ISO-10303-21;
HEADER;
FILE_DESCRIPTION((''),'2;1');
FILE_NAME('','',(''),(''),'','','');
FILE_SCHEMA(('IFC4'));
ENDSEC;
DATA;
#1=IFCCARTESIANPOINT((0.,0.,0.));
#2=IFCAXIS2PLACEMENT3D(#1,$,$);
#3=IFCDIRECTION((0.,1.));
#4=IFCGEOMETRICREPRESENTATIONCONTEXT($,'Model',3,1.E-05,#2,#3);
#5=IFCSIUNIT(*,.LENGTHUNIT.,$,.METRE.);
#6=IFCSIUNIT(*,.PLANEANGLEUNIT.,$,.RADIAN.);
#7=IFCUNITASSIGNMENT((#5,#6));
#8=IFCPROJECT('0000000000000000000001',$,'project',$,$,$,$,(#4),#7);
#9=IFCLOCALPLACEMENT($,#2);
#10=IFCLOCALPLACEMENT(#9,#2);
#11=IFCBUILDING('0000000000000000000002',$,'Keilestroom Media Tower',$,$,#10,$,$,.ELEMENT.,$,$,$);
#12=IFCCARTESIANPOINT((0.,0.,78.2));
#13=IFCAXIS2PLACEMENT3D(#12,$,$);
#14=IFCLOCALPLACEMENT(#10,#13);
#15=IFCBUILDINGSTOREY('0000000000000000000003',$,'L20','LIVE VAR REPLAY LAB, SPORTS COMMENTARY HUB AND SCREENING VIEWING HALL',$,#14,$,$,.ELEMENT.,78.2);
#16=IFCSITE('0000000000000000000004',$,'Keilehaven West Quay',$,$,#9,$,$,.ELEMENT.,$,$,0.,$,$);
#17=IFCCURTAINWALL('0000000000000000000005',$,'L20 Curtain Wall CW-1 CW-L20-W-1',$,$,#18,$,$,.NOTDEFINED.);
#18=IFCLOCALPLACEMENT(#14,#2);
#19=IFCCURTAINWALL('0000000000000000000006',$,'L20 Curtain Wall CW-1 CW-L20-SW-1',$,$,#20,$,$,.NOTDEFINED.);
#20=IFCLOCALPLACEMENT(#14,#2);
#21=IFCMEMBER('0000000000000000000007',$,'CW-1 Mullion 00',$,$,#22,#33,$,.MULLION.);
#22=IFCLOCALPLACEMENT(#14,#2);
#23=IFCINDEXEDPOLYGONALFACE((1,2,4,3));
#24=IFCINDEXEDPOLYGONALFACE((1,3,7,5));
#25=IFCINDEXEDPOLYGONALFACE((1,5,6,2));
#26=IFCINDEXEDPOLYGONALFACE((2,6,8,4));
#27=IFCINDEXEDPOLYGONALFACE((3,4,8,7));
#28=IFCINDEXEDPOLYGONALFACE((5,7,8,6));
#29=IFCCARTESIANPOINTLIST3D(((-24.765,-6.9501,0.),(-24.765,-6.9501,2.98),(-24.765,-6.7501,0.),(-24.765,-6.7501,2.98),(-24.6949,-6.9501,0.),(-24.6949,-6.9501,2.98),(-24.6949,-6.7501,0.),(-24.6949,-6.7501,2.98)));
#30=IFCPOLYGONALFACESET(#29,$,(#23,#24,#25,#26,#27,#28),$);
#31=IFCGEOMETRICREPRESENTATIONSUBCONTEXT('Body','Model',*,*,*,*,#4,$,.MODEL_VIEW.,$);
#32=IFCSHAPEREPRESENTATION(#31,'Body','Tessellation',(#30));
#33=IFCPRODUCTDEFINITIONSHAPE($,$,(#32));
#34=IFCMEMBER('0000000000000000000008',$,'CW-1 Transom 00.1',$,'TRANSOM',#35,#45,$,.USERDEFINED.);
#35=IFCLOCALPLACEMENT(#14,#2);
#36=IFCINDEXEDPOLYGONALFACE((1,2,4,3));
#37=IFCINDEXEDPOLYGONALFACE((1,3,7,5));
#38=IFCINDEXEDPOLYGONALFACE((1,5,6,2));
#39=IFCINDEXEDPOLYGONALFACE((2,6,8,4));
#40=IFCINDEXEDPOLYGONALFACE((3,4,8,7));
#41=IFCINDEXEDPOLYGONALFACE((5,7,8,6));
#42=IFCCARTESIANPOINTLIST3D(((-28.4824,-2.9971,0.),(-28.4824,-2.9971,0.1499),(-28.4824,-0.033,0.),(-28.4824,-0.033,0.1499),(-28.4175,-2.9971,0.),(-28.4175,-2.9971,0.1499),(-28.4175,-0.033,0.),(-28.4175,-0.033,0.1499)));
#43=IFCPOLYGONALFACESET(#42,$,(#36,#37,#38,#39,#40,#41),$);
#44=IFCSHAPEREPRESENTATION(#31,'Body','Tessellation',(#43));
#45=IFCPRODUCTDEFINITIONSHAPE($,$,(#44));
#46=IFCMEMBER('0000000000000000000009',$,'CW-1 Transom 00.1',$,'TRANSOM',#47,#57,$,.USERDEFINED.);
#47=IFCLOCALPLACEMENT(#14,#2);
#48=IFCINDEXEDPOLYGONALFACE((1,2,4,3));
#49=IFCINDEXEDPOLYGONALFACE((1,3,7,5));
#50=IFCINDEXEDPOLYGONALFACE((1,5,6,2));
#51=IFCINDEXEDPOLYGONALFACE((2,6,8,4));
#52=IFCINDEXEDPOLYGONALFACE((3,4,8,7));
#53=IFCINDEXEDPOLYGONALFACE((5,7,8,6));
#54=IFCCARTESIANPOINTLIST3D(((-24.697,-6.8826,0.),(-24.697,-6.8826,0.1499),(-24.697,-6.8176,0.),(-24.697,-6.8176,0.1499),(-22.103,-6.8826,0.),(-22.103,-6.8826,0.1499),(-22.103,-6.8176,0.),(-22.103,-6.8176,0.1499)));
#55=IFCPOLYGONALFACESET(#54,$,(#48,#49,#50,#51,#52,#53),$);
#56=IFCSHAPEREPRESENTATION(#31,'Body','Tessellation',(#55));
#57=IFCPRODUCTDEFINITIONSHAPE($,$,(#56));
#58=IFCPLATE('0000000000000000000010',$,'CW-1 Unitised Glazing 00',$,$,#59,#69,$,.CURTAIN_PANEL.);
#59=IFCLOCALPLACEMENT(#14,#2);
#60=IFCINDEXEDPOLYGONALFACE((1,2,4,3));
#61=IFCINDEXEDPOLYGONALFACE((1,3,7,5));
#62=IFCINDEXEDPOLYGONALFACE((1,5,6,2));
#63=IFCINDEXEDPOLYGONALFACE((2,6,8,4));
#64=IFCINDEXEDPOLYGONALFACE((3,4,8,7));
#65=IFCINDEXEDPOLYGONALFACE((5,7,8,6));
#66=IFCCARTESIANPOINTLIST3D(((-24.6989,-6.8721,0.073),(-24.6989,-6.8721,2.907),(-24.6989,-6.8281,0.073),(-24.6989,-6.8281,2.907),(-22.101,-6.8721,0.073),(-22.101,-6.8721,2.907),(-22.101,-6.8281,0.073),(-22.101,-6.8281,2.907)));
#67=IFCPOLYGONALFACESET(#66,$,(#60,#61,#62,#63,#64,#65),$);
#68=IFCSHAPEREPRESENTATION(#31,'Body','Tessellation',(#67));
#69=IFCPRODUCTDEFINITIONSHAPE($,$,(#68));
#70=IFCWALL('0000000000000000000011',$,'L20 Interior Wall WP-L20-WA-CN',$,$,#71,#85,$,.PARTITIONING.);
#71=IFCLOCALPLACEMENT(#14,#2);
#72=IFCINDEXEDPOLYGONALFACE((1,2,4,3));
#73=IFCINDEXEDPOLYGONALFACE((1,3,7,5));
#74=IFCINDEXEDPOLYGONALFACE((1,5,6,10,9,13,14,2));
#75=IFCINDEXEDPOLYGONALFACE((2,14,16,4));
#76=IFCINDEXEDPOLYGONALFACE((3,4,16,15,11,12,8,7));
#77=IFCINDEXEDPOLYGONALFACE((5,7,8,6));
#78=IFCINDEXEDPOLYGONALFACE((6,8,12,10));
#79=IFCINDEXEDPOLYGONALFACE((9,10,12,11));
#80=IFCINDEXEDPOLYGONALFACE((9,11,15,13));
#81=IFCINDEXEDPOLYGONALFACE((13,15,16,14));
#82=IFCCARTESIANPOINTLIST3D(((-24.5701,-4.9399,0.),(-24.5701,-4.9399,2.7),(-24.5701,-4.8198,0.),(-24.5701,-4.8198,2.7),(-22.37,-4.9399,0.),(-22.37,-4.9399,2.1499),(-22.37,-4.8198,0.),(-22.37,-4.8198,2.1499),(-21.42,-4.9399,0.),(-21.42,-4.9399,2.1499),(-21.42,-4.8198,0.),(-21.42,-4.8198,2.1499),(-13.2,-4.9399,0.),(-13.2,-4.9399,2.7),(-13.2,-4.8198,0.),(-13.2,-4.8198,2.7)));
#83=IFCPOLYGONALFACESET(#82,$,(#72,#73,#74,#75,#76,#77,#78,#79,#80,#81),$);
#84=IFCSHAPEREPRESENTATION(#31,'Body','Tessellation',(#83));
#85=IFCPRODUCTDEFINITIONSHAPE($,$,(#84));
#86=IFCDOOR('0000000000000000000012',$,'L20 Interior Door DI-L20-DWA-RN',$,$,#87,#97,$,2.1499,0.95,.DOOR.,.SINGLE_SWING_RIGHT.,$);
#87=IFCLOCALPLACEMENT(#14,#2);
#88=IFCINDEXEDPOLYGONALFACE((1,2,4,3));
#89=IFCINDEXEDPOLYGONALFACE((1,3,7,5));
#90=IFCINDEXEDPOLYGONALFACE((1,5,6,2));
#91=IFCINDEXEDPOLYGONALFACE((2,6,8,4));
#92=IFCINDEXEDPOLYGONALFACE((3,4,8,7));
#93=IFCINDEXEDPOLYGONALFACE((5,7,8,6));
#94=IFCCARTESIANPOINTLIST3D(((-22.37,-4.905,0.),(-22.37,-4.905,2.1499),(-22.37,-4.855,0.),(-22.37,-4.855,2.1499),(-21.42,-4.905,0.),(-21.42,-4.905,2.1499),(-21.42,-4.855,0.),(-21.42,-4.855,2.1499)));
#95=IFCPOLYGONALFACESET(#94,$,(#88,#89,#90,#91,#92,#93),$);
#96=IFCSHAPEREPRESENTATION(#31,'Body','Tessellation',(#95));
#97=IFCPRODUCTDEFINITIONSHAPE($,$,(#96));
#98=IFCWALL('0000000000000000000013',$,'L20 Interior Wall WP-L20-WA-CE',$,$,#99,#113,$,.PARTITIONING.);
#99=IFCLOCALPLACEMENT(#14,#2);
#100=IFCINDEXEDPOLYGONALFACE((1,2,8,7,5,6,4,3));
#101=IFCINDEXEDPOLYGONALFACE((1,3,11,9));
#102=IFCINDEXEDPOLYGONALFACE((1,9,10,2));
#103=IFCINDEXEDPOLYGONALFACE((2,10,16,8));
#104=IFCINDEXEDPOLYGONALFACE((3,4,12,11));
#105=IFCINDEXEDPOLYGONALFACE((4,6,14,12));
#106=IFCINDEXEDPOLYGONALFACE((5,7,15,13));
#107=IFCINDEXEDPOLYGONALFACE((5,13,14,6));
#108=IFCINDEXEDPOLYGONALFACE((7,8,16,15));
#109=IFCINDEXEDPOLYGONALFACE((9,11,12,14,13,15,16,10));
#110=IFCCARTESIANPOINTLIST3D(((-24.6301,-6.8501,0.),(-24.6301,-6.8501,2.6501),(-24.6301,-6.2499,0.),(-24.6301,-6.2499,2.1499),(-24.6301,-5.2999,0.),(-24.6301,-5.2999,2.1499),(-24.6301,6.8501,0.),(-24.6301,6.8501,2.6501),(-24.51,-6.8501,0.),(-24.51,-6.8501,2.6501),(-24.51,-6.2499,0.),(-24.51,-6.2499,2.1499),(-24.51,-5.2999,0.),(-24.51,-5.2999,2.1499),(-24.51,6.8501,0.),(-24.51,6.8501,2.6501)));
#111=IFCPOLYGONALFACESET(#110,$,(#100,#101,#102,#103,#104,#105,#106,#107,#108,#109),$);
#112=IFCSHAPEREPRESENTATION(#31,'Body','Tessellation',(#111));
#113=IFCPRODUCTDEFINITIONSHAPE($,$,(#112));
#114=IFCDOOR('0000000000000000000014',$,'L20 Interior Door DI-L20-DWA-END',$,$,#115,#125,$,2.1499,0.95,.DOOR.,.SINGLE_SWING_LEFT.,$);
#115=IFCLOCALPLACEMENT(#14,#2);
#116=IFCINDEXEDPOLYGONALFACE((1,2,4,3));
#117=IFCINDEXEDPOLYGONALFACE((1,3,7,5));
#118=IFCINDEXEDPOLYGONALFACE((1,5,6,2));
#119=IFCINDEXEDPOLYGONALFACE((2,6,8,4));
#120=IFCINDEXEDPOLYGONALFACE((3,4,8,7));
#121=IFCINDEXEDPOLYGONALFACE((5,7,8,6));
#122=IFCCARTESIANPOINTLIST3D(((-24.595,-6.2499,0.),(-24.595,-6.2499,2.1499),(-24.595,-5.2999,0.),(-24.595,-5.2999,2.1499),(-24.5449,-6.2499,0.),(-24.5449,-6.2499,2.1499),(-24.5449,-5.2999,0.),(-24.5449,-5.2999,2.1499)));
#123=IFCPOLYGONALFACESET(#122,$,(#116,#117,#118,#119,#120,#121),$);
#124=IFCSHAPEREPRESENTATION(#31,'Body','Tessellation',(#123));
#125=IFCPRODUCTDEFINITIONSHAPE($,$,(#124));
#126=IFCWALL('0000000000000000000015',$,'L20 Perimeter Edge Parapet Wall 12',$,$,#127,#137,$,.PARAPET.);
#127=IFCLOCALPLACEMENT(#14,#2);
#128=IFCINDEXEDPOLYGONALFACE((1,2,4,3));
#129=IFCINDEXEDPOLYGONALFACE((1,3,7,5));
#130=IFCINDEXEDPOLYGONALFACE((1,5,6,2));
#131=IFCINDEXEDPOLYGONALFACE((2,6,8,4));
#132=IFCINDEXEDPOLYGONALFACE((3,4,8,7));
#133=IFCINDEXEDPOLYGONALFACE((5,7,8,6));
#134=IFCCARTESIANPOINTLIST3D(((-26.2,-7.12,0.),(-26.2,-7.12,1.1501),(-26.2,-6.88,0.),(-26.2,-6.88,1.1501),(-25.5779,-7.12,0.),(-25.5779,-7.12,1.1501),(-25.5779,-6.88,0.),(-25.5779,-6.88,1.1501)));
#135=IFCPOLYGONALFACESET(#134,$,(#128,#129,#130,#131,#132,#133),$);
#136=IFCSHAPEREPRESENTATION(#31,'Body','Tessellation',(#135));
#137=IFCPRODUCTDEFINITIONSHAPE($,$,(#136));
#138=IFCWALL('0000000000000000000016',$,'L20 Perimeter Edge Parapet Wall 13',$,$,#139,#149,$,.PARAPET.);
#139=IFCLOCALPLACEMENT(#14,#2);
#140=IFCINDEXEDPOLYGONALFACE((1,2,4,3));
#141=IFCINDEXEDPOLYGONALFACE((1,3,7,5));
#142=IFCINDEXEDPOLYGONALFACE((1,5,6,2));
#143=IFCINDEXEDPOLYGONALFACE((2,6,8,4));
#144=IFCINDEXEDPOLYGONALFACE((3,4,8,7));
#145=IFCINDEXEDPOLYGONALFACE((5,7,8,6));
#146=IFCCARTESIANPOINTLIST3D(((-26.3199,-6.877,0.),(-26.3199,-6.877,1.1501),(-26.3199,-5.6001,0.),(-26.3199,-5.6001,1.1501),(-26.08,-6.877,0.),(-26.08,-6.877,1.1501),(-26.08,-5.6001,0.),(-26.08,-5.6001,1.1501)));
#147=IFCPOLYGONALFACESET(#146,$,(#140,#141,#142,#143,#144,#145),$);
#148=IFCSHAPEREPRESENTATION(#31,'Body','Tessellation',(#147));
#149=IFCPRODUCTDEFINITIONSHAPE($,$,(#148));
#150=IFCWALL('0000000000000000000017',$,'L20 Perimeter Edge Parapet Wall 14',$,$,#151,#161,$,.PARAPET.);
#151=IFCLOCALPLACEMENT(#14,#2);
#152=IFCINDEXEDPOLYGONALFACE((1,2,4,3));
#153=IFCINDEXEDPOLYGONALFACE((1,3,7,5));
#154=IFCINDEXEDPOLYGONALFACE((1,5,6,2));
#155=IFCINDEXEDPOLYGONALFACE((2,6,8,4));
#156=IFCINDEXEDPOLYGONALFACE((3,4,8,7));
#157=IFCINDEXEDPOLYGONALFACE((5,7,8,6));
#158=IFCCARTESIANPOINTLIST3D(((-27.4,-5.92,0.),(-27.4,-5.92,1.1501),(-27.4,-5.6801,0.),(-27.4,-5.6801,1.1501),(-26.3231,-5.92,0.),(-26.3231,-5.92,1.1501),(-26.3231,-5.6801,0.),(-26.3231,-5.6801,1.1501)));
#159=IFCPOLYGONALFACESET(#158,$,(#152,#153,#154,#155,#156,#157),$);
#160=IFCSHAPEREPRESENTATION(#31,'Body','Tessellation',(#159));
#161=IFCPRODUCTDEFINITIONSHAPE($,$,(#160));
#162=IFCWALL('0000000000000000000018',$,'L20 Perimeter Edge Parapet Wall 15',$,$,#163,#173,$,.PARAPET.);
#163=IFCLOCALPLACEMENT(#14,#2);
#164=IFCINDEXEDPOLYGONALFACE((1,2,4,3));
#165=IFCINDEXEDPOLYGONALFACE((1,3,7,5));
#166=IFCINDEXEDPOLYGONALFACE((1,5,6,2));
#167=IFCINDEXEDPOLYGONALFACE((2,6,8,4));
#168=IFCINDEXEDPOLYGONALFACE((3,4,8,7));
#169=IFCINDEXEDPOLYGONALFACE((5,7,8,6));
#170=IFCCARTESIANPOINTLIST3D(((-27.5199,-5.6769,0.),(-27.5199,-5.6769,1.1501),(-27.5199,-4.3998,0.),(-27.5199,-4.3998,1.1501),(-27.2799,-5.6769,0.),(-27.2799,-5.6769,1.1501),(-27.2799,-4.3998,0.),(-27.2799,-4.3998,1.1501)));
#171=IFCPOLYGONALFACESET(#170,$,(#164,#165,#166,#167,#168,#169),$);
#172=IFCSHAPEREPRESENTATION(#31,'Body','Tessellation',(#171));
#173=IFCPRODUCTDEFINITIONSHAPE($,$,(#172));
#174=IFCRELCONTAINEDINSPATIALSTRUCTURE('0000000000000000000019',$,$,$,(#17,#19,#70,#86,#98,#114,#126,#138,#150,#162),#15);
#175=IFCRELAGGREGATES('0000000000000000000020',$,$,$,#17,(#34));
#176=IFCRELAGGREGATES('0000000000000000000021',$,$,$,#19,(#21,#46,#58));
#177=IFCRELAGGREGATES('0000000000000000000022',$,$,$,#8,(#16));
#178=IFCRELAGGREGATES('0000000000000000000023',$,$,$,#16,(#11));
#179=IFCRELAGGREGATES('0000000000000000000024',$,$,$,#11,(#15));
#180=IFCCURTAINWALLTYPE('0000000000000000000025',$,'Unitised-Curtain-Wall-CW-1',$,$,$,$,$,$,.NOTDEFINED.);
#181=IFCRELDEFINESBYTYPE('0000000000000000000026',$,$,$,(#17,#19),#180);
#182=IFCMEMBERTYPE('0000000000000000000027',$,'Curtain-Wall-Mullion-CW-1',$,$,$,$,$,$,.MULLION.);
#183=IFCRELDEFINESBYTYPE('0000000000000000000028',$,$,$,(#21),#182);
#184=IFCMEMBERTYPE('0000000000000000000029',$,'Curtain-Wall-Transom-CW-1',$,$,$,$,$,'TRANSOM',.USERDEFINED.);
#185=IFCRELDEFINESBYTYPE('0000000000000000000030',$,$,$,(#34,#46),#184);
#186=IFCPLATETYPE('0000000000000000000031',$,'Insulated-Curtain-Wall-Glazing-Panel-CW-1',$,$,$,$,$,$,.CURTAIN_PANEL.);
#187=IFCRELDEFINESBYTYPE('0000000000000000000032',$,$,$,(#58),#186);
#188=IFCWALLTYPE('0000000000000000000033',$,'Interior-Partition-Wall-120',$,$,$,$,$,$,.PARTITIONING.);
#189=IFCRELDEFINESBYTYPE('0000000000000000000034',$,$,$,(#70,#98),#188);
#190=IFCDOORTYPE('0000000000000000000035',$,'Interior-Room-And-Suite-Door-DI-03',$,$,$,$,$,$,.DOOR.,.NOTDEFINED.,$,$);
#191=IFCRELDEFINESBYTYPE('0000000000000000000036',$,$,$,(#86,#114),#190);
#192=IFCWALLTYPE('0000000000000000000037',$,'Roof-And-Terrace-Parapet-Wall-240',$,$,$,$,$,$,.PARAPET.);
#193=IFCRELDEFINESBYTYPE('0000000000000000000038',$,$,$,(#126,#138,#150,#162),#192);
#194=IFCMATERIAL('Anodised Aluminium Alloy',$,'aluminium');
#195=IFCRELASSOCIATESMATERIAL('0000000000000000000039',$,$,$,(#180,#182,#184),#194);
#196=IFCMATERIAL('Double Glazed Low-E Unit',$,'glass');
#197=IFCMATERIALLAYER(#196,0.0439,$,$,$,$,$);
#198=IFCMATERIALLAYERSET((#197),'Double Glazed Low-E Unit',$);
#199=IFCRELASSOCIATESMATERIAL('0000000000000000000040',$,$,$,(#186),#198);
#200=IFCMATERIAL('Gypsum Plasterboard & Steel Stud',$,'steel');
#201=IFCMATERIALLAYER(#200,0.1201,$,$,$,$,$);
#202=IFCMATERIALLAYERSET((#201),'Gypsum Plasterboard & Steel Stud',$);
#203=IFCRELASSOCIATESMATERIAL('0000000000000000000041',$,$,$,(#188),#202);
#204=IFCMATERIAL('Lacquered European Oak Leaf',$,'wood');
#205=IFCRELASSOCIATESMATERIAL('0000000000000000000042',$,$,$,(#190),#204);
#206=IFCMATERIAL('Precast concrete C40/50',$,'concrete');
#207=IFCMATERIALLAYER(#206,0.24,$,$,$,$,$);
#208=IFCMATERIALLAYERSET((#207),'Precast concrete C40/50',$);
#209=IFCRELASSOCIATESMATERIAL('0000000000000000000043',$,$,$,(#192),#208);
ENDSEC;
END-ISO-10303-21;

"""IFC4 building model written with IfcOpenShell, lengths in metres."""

from ifc_helpers import new_model, si_unit, direction, frame, frame_2d, origin, origin_2d, place, context, subcontext, project, spatial, rectangle, extrude, source, transform, mapped, material, layer, layer_set, material_profile, profile_set, type_object, element, fill, aggregate, save


model = new_model("IFC4")

# Units and contexts
model_context = context("Model", 3, precision=1e-05, world=origin(), true_north=direction((0.0, 1.0)))
body_context = subcontext(model_context, "Body", "Model", "MODEL_VIEW")
ifc_project = project(units=[si_unit("LENGTHUNIT", "METRE"), si_unit("PLANEANGLEUNIT", "RADIAN")], contexts=[model_context])

# Site, building, storey
site_placement = place(None, origin())
site = spatial("IfcSite", under=ifc_project, at=site_placement, Name="Keilehaven West Quay", CompositionType="ELEMENT", RefElevation=0.0)
building_placement = place(site_placement, origin())
building = spatial("IfcBuilding", under=site, at=building_placement, Name="Keilestroom Media Tower", CompositionType="ELEMENT")
storey_placement = place(building_placement, frame((0.0, 0.0, 78.2)))
storey = spatial("IfcBuildingStorey", under=building, at=storey_placement, Name="L20", Description="LIVE VAR REPLAY LAB, SPORTS COMMENTARY HUB AND SCREENING VIEWING HALL", CompositionType="ELEMENT", Elevation=78.2)

# Shared definitions
ifc_material_1 = material(Name="Precast concrete C40/50", Category="concrete")

# Curtain walls, member
ifc_material_2 = material(Name="Anodised Aluminium Alloy", Category="aluminium")
curtain_wall_type = type_object("IfcCurtainWallType", Name="Unitised-Curtain-Wall-CW-1", PredefinedType="NOTDEFINED", material=ifc_material_2)
curtain_wall_1_placement = place(storey_placement, origin())
curtain_wall_1 = element("IfcCurtainWall", 1, at=curtain_wall_1_placement, inside=storey, type_object=curtain_wall_type, Name="L20 Curtain Wall CW-1 CW-L20-W-1", PredefinedType="NOTDEFINED")
ifc_material_profile_1 = material_profile(ifc_material_2, rectangle(XDim=0.0701, YDim=0.2, at=origin_2d()), Name="ALU MULLION 70x200")
ifc_profile_set_1 = profile_set([ifc_material_profile_1], Name="Anodised Aluminium Alloy")
member_type_1 = type_object("IfcMemberType", Name="Curtain-Wall-Mullion-CW-1", PredefinedType="MULLION", material=ifc_profile_set_1)
shared_shape_1 = source(origin(), body_context, "Body", "SweptSolid", [
    extrude(rectangle(XDim=0.0701, YDim=0.2, at=origin_2d()), origin(), (0.0, 0.0, 1.0), 2.98),
])
curtain_wall_2_placement = place(storey_placement, origin())
curtain_wall_2 = element("IfcCurtainWall", 2, at=curtain_wall_2_placement, inside=storey, type_object=curtain_wall_type, Name="L20 Curtain Wall CW-1 CW-L20-SW-1", PredefinedType="NOTDEFINED")
member_1_placement = place(storey_placement, frame((-24.73, -6.8501, 0.0), z_axis=(0.0, 0.0, 1.0), x_axis=(1.0, 0.0, 0.0)))
member_1 = element("IfcMember", 3, at=member_1_placement, type_object=member_type_1, Name="CW-1 Mullion 00", PredefinedType="MULLION", context=body_context, shape_type="MappedRepresentation", body=[
    mapped(shared_shape_1, transform((0.0, 0.0, 0.0), x_axis=(1.0, 0.0, 0.0), y_axis=(0.0, 1.0, 0.0), z_axis=(0.0, 0.0, 1.0), scale=1.0)),
])

# Members
ifc_material_profile_2 = material_profile(ifc_material_2, rectangle(XDim=0.0649, YDim=0.1499, at=origin_2d()), Name="ALU TRANSOM 65x150")
ifc_profile_set_2 = profile_set([ifc_material_profile_2], Name="Anodised Aluminium Alloy")
member_type_2 = type_object("IfcMemberType", Name="Curtain-Wall-Transom-CW-1", ElementType="TRANSOM", PredefinedType="USERDEFINED", material=ifc_profile_set_2)
shared_shape_2 = source(origin(), body_context, "Body", "SweptSolid", [
    extrude(rectangle(XDim=0.0649, YDim=0.1499, at=origin_2d()), origin(), (0.0, 0.0, 1.0), 2.9641),
])
member_2_placement = place(storey_placement, frame((-28.45, -2.9971, 0.075), z_axis=(0.0, 1.0, 0.0), x_axis=(-1.0, 0.0, 0.0)))
member_2 = element("IfcMember", 4, at=member_2_placement, type_object=member_type_2, Name="CW-1 Transom 00.1", ObjectType="TRANSOM", PredefinedType="USERDEFINED", context=body_context, shape_type="MappedRepresentation", body=[
    mapped(shared_shape_2, transform((0.0, 0.0, 0.0), x_axis=(1.0, 0.0, 0.0), y_axis=(0.0, 1.0, 0.0), z_axis=(0.0, 0.0, 1.0), scale=1.0)),
])
aggregate(curtain_wall_1, [member_2])
shared_shape_3 = source(origin(), body_context, "Body", "SweptSolid", [
    extrude(rectangle(XDim=0.0649, YDim=0.1499, at=origin_2d()), origin(), (0.0, 0.0, 1.0), 2.594),
])
member_3_placement = place(storey_placement, frame((-24.697, -6.8501, 0.075), z_axis=(1.0, 0.0, 0.0), x_axis=(0.0, 1.0, 0.0)))
member_3 = element("IfcMember", 5, at=member_3_placement, type_object=member_type_2, Name="CW-1 Transom 00.1", ObjectType="TRANSOM", PredefinedType="USERDEFINED", context=body_context, shape_type="MappedRepresentation", body=[
    mapped(shared_shape_3, transform((0.0, 0.0, 0.0), x_axis=(1.0, 0.0, 0.0), y_axis=(0.0, 1.0, 0.0), z_axis=(0.0, 0.0, 1.0), scale=1.0)),
])

# Plate
ifc_material_3 = material(Name="Double Glazed Low-E Unit", Category="glass")
ifc_layer_1 = layer(ifc_material_3, 0.0439)
ifc_layer_set_1 = layer_set([ifc_layer_1], Name="Double Glazed Low-E Unit")
plate_type = type_object("IfcPlateType", Name="Insulated-Curtain-Wall-Glazing-Panel-CW-1", PredefinedType="CURTAIN_PANEL", material=ifc_layer_set_1)
shared_shape_4 = source(origin(), body_context, "Body", "SweptSolid", [
    extrude(rectangle(XDim=2.5979, YDim=0.0439, at=origin_2d()), origin(), (0.0, 0.0, 1.0), 2.834),
])
plate_placement = place(storey_placement, frame((-23.3999, -6.8501, 0.073), z_axis=(0.0, 0.0, 1.0), x_axis=(1.0, 0.0, 0.0)))
plate = element("IfcPlate", 6, at=plate_placement, type_object=plate_type, Name="CW-1 Unitised Glazing 00", PredefinedType="CURTAIN_PANEL", context=body_context, shape_type="MappedRepresentation", body=[
    mapped(shared_shape_4, transform((0.0, 0.0, 0.0), x_axis=(1.0, 0.0, 0.0), y_axis=(0.0, 1.0, 0.0), z_axis=(0.0, 0.0, 1.0), scale=1.0)),
])
aggregate(curtain_wall_2, [member_1, member_3, plate])

# Walls, openings, doors
ifc_material_4 = material(Name="Gypsum Plasterboard & Steel Stud", Category="steel")
ifc_layer_2 = layer(ifc_material_4, 0.1201)
ifc_layer_set_2 = layer_set([ifc_layer_2], Name="Gypsum Plasterboard & Steel Stud")
wall_type_1 = type_object("IfcWallType", Name="Interior-Partition-Wall-120", PredefinedType="PARTITIONING", material=ifc_layer_set_2)
wall_1_placement = place(storey_placement, frame((-24.5701, -4.8799, 0.0), z_axis=(0.0, 0.0, 1.0), x_axis=(1.0, 0.0, 0.0)))
wall_1 = element("IfcWall", 7, at=wall_1_placement, inside=storey, type_object=wall_type_1, Name="L20 Interior Wall WP-L20-WA-CN", PredefinedType="PARTITIONING", context=body_context, shape_type="SweptSolid", body=[
    extrude(rectangle(XDim=11.3701, YDim=0.1201, at=frame_2d((5.6851, 0.0))), origin(), (0.0, 0.0, 1.0), 2.7),
])
opening_1_placement = place(wall_1_placement, frame((2.2, 0.0, 0.0)))
opening_1 = element("IfcOpeningElement", 8, at=opening_1_placement, cuts=wall_1, PredefinedType="OPENING", context=body_context, shape_type="SweptSolid", body=[
    extrude(rectangle(XDim=0.95, YDim=2.1499, at=frame_2d((0.4751, 1.075))), frame((0.0, 0.0701, 0.0), z_axis=(0.0, -1.0, 0.0), x_axis=(1.0, 0.0, 0.0)), (0.0, 0.0, 1.0), 0.1401),
])
ifc_material_5 = material(Name="Lacquered European Oak Leaf", Category="wood")
door_type = type_object("IfcDoorType", Name="Interior-Room-And-Suite-Door-DI-03", OperationType="NOTDEFINED", PredefinedType="DOOR", material=ifc_material_5)
shared_shape_5 = source(origin(), body_context, "Body", "SweptSolid", [
    extrude(rectangle(XDim=0.95, YDim=2.1499, at=frame_2d((0.4751, 1.075))), frame((0.0, 0.0249, 0.0), z_axis=(0.0, -1.0, 0.0), x_axis=(1.0, 0.0, 0.0)), (0.0, 0.0, 1.0), 0.05),
])
door_1_placement = place(opening_1_placement, origin())
door_1 = element("IfcDoor", 9, at=door_1_placement, inside=storey, type_object=door_type, Name="L20 Interior Door DI-L20-DWA-RN", OperationType="SINGLE_SWING_RIGHT", OverallHeight=2.1499, OverallWidth=0.95, PredefinedType="DOOR", context=body_context, shape_type="MappedRepresentation", body=[
    mapped(shared_shape_5, transform((0.0, 0.0, 0.0), x_axis=(1.0, 0.0, 0.0), y_axis=(0.0, 1.0, 0.0), z_axis=(0.0, 0.0, 1.0), scale=1.0)),
])
fill(opening_1, door_1)
wall_2_placement = place(storey_placement, frame((-24.5701, -6.8501, 0.0), z_axis=(0.0, 0.0, 1.0), x_axis=(0.0, 1.0, 0.0)))
wall_2 = element("IfcWall", 10, at=wall_2_placement, inside=storey, type_object=wall_type_1, Name="L20 Interior Wall WP-L20-WA-CE", PredefinedType="PARTITIONING", context=body_context, shape_type="SweptSolid", body=[
    extrude(rectangle(XDim=13.7002, YDim=0.1201, at=frame_2d((6.8501, 0.0))), origin(), (0.0, 0.0, 1.0), 2.6501),
])
opening_2_placement = place(wall_2_placement, frame((0.6001, 0.0, 0.0)))
opening_2 = element("IfcOpeningElement", 11, at=opening_2_placement, cuts=wall_2, PredefinedType="OPENING", context=body_context, shape_type="SweptSolid", body=[
    extrude(rectangle(XDim=0.95, YDim=2.1499, at=frame_2d((0.4751, 1.075))), frame((0.0, 0.0701, 0.0), z_axis=(0.0, -1.0, 0.0), x_axis=(1.0, 0.0, 0.0)), (0.0, 0.0, 1.0), 0.1401),
])
door_2_placement = place(opening_2_placement, origin())
door_2 = element("IfcDoor", 12, at=door_2_placement, inside=storey, type_object=door_type, Name="L20 Interior Door DI-L20-DWA-END", OperationType="SINGLE_SWING_LEFT", OverallHeight=2.1499, OverallWidth=0.95, PredefinedType="DOOR", context=body_context, shape_type="MappedRepresentation", body=[
    mapped(shared_shape_5, transform((0.0, 0.0, 0.0), x_axis=(1.0, 0.0, 0.0), y_axis=(0.0, 1.0, 0.0), z_axis=(0.0, 0.0, 1.0), scale=1.0)),
])
fill(opening_2, door_2)

# Walls
ifc_layer_3 = layer(ifc_material_1, 0.24)
ifc_layer_set_3 = layer_set([ifc_layer_3], Name="Precast concrete C40/50")
wall_type_2 = type_object("IfcWallType", Name="Roof-And-Terrace-Parapet-Wall-240", PredefinedType="PARAPET", material=ifc_layer_set_3)
wall_3_placement = place(storey_placement, frame((-25.5779, -7.0, 0.0), z_axis=(0.0, 0.0, 1.0), x_axis=(-1.0, 0.0, 0.0)))
element("IfcWall", 13, at=wall_3_placement, inside=storey, type_object=wall_type_2, Name="L20 Perimeter Edge Parapet Wall 12", PredefinedType="PARAPET", context=body_context, shape_type="SweptSolid", body=[
    extrude(rectangle(XDim=0.6221, YDim=0.24, at=frame_2d((0.311, 0.0))), origin(), (0.0, 0.0, 1.0), 1.1501),
])
wall_4_placement = place(storey_placement, frame((-26.2, -6.877, 0.0), z_axis=(0.0, 0.0, 1.0), x_axis=(0.0, 1.0, 0.0)))
element("IfcWall", 14, at=wall_4_placement, inside=storey, type_object=wall_type_2, Name="L20 Perimeter Edge Parapet Wall 13", PredefinedType="PARAPET", context=body_context, shape_type="SweptSolid", body=[
    extrude(rectangle(XDim=1.2769, YDim=0.24, at=frame_2d((0.6384, 0.0))), origin(), (0.0, 0.0, 1.0), 1.1501),
])
wall_5_placement = place(storey_placement, frame((-26.323, -5.8, 0.0), z_axis=(0.0, 0.0, 1.0), x_axis=(-1.0, 0.0, 0.0)))
element("IfcWall", 15, at=wall_5_placement, inside=storey, type_object=wall_type_2, Name="L20 Perimeter Edge Parapet Wall 14", PredefinedType="PARAPET", context=body_context, shape_type="SweptSolid", body=[
    extrude(rectangle(XDim=1.0769, YDim=0.24, at=frame_2d((0.5386, 0.0))), origin(), (0.0, 0.0, 1.0), 1.1501),
])
wall_6_placement = place(storey_placement, frame((-27.3999, -5.677, 0.0), z_axis=(0.0, 0.0, 1.0), x_axis=(0.0, 1.0, 0.0)))
element("IfcWall", 16, at=wall_6_placement, inside=storey, type_object=wall_type_2, Name="L20 Perimeter Edge Parapet Wall 15", PredefinedType="PARAPET", context=body_context, shape_type="SweptSolid", body=[
    extrude(rectangle(XDim=1.2771, YDim=0.24, at=frame_2d((0.6387, 0.0))), origin(), (0.0, 0.0, 1.0), 1.1501),
])

save(model, "model.ifc")
